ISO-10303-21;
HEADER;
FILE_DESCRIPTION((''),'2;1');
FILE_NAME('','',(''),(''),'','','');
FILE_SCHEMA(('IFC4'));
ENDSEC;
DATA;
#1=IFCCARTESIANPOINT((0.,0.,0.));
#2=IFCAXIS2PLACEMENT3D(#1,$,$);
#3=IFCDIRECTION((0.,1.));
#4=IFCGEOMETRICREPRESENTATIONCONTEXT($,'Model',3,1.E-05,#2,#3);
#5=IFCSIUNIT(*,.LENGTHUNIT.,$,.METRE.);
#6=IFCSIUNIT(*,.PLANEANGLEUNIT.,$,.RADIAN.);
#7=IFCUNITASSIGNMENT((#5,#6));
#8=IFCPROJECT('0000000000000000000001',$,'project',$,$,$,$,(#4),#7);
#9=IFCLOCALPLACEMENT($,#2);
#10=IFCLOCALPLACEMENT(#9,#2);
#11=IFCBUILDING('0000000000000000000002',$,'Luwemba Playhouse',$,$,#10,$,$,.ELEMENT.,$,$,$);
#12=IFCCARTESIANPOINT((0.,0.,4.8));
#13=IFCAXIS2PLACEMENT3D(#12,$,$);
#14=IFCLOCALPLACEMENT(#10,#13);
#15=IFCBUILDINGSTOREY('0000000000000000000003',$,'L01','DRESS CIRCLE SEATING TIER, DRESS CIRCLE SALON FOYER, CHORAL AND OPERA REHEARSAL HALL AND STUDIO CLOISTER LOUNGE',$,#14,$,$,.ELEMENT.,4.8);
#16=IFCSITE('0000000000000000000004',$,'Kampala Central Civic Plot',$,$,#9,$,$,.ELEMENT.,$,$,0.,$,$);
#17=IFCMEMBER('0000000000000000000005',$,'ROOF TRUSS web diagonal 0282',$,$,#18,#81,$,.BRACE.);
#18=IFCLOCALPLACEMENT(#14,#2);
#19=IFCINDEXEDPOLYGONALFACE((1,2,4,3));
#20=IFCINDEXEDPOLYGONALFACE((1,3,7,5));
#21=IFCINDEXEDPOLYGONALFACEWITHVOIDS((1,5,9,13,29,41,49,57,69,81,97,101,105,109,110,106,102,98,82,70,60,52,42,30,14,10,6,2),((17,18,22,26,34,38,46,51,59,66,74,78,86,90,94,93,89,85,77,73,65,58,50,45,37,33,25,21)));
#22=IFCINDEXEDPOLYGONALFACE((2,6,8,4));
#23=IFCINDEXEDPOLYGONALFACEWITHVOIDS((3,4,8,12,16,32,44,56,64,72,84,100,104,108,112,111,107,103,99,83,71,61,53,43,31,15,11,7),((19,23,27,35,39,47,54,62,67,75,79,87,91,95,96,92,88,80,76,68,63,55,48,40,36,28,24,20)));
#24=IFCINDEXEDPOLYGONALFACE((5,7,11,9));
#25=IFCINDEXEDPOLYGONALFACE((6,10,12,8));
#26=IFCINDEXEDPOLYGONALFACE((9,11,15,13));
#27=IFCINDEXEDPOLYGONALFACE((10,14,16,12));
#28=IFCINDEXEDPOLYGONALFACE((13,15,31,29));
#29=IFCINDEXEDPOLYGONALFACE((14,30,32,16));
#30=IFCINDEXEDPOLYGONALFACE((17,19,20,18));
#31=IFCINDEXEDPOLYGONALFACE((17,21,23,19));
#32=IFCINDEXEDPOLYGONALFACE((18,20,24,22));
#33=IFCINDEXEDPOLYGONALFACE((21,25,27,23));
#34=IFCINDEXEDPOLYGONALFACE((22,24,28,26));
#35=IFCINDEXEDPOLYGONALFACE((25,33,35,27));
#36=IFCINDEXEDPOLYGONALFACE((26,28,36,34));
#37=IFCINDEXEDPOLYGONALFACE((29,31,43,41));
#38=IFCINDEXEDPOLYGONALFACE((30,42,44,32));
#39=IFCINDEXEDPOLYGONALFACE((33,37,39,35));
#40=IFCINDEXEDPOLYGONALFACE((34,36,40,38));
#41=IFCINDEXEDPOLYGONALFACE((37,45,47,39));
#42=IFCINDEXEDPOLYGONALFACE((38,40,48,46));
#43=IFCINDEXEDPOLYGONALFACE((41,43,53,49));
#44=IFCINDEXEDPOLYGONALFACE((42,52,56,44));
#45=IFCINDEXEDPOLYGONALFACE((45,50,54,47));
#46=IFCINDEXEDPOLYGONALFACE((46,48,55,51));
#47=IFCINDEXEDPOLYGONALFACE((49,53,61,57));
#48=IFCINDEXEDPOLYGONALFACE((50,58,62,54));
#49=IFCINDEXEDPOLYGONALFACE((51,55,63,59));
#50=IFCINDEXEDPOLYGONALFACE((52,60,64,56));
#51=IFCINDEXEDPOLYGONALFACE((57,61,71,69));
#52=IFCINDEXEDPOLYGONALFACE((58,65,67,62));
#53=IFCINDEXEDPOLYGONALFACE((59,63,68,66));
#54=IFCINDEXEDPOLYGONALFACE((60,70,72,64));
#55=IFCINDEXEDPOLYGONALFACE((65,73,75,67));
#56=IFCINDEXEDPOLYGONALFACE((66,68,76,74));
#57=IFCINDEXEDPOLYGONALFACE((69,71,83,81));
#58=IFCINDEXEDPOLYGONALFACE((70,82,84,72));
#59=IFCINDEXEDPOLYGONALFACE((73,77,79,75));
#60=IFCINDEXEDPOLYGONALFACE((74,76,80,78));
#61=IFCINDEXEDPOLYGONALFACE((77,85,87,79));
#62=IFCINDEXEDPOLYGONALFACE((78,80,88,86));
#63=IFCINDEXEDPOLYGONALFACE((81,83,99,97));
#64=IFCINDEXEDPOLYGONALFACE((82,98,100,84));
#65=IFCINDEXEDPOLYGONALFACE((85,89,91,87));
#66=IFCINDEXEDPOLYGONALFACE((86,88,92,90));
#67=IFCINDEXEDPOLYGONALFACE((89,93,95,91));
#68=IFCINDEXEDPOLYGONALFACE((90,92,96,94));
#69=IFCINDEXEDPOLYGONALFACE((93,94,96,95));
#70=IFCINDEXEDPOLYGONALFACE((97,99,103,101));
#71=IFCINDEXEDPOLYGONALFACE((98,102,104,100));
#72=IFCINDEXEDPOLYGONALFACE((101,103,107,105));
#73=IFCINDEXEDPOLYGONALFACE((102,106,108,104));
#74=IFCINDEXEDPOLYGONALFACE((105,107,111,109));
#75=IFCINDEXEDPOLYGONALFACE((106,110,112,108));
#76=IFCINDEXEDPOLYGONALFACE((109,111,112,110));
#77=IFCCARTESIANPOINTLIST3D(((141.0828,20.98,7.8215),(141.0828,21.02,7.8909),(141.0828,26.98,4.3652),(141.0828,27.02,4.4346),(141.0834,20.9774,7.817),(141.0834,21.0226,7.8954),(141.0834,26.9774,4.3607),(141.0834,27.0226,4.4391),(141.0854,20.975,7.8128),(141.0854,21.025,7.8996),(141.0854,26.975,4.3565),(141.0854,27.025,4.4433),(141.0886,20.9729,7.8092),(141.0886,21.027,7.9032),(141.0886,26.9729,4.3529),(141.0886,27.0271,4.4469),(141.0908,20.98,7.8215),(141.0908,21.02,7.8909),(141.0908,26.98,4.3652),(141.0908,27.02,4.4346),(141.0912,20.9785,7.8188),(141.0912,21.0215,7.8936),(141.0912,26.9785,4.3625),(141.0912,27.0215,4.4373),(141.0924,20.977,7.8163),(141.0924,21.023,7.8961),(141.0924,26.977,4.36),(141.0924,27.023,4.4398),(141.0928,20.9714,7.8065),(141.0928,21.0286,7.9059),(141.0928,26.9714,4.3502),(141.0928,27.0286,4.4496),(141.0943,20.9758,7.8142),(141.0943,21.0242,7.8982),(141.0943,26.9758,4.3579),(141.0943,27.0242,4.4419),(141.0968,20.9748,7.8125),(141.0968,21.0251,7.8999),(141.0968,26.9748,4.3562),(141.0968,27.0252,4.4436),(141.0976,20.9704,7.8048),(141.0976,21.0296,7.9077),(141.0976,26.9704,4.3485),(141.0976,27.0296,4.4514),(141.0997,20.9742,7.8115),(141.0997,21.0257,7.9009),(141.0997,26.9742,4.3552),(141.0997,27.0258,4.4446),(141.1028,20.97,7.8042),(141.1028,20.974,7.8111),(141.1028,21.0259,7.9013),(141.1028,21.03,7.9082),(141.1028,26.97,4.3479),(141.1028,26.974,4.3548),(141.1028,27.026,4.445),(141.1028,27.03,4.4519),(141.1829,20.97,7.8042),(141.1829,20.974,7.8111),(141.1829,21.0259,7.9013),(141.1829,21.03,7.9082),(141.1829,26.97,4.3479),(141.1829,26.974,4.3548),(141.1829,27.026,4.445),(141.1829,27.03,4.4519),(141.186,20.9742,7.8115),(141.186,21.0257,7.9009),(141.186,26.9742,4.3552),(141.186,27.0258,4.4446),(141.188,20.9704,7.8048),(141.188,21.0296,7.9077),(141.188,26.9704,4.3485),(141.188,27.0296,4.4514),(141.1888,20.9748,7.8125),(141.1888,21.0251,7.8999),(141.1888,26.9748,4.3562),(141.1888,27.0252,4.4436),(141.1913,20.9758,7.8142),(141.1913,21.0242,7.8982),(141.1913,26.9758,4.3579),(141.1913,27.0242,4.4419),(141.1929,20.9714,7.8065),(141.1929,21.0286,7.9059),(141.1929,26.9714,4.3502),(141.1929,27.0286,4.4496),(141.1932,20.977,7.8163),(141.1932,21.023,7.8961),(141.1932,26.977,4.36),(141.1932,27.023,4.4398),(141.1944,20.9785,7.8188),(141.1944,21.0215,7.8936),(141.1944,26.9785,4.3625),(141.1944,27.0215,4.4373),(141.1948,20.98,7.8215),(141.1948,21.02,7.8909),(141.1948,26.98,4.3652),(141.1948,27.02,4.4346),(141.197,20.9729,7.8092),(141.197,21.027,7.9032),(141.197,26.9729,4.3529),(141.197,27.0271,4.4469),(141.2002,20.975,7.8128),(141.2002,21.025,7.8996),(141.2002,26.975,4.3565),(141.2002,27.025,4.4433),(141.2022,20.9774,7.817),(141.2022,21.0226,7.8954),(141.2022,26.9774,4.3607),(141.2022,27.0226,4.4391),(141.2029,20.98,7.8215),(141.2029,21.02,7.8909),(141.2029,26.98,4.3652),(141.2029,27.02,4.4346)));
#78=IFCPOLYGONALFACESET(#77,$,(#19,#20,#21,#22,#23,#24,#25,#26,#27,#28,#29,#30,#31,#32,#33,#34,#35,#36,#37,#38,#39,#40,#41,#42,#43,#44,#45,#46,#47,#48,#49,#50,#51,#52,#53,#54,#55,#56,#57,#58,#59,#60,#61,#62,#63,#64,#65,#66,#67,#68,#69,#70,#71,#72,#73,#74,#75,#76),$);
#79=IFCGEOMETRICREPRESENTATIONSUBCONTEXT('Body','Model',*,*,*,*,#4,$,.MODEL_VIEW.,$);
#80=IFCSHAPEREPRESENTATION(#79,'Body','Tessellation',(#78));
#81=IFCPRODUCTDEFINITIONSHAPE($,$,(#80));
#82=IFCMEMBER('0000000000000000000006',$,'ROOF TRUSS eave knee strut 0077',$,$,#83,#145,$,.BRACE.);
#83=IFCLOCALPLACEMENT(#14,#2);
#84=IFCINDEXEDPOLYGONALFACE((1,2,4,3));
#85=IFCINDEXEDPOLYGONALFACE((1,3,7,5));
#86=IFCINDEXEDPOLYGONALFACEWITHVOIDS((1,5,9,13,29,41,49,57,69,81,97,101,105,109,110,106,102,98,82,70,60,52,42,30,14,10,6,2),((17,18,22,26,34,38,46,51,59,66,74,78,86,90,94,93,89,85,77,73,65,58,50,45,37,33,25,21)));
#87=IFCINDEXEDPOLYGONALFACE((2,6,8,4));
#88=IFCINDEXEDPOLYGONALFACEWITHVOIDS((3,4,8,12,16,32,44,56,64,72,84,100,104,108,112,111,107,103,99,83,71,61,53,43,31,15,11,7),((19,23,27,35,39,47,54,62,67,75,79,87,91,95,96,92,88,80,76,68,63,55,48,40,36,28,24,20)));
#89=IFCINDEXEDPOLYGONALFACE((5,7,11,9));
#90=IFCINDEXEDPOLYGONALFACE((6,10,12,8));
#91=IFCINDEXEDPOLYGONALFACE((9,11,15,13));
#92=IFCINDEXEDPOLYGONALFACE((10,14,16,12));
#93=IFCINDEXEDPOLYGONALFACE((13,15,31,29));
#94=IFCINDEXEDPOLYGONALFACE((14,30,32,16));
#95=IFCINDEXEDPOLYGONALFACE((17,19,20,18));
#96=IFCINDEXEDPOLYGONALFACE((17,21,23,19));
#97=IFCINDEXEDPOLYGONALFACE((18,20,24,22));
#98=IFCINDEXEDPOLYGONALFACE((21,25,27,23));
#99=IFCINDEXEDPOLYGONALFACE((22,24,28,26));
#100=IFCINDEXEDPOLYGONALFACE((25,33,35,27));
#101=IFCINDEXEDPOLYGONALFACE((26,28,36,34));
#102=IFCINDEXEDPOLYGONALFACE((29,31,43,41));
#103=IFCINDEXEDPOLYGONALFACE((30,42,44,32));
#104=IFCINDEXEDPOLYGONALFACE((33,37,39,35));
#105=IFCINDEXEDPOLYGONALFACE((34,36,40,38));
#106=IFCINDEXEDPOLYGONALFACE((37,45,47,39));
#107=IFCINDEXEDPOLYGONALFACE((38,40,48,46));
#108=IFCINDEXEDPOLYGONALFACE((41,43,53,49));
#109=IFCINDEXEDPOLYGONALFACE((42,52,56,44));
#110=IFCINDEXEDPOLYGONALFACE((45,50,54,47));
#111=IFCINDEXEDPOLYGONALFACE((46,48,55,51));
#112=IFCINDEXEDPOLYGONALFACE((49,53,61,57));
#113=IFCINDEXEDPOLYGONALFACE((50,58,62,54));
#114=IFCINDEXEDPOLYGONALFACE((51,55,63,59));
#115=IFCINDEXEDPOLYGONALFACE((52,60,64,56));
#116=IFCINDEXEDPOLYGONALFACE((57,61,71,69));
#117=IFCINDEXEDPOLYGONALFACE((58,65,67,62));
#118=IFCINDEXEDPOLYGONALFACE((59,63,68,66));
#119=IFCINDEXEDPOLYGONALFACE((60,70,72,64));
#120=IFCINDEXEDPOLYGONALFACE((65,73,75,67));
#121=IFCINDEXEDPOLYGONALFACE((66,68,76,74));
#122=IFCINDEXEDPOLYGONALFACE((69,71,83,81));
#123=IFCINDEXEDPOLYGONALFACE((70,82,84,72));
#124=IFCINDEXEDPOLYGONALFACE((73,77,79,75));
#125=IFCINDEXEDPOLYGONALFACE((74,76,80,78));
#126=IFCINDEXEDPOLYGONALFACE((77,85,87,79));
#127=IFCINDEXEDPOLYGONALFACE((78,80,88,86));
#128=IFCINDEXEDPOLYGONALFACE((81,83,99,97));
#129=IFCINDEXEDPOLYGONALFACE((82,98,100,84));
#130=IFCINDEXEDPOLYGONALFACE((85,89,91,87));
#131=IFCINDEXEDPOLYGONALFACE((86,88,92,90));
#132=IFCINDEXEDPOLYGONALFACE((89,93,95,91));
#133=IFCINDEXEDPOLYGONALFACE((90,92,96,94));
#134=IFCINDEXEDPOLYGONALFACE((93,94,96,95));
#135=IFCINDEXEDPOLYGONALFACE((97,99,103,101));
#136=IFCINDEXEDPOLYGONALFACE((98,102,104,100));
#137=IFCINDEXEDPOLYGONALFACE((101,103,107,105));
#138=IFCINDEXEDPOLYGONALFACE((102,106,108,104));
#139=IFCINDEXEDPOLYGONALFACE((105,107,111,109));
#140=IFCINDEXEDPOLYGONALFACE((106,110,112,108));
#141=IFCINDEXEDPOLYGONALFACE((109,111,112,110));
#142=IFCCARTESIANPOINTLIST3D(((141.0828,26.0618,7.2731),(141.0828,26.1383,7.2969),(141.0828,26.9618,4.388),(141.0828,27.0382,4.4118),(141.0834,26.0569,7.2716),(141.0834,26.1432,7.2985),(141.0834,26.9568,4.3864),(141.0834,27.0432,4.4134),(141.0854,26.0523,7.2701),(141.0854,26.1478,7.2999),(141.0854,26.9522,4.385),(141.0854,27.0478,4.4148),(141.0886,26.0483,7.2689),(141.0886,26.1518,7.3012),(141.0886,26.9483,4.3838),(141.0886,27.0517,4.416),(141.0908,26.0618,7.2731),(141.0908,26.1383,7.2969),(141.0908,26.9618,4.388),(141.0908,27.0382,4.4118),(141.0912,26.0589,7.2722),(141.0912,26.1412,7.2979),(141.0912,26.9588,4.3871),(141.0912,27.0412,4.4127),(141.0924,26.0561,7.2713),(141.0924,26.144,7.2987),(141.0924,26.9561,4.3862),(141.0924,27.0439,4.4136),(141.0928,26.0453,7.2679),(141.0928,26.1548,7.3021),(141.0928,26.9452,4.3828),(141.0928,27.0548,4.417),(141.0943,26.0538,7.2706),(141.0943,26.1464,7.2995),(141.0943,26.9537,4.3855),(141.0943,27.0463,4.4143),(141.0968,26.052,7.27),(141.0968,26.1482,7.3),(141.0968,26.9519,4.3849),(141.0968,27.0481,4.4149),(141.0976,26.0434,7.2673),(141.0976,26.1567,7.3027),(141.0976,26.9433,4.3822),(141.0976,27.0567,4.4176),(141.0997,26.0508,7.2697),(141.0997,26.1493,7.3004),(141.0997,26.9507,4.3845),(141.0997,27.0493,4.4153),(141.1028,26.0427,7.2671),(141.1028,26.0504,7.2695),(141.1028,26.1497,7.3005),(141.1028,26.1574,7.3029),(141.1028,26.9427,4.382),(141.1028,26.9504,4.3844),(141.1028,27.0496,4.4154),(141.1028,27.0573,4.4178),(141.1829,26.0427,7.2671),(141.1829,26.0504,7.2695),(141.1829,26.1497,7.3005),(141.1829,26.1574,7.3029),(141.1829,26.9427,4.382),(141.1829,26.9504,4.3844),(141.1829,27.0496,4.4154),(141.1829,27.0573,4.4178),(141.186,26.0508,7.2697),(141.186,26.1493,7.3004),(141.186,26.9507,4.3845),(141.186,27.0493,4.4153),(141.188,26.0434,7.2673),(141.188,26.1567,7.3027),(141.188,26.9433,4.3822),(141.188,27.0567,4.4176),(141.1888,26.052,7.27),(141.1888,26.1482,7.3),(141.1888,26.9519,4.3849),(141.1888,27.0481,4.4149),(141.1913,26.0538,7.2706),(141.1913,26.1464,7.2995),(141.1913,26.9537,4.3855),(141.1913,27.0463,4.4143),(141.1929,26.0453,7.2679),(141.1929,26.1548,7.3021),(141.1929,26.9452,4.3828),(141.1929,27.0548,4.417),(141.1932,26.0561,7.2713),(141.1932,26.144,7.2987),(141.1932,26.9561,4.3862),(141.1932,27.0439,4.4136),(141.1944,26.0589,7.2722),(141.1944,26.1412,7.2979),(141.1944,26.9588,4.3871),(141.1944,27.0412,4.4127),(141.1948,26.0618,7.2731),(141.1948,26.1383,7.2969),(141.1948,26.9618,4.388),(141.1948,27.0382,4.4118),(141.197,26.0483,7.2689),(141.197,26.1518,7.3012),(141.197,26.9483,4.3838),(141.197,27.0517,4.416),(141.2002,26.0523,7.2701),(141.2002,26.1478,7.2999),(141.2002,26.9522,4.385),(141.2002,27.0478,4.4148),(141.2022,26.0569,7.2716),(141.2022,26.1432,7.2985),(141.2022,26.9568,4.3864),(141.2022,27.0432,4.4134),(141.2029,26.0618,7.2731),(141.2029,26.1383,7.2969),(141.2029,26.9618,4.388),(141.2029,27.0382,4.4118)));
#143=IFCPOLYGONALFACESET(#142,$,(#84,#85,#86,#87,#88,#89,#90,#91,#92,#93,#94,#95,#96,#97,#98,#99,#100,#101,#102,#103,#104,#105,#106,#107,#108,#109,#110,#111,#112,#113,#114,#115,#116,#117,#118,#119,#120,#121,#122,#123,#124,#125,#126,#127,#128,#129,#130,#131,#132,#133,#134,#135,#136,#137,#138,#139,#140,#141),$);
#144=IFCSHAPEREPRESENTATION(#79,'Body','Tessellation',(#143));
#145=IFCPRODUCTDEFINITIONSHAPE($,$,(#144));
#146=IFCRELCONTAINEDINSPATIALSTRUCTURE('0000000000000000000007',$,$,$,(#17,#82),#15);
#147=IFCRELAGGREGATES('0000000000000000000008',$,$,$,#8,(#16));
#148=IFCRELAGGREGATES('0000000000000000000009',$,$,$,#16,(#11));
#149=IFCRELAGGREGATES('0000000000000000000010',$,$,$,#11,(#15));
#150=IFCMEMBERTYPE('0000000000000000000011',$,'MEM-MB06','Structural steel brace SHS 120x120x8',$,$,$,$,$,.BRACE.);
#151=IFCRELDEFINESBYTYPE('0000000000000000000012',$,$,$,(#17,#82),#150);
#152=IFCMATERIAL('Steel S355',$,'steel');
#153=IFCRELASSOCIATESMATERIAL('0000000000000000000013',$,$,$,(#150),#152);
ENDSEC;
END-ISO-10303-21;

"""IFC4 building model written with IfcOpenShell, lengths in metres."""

from ifc_helpers import new_model, si_unit, direction, frame, origin, origin_2d, place, context, subcontext, project, spatial, hollow_rectangle, extrude, material, material_profile, profile_set, type_object, element, save


model = new_model("IFC4")

# Units and contexts
model_context = context("Model", 3, precision=1e-05, world=origin(), true_north=direction((0.0, 1.0)))
body_context = subcontext(model_context, "Body", "Model", "MODEL_VIEW")
ifc_project = project(units=[si_unit("LENGTHUNIT", "METRE"), si_unit("PLANEANGLEUNIT", "RADIAN")], contexts=[model_context])

# Site, building, storey
site_placement = place(None, origin())
site = spatial("IfcSite", under=ifc_project, at=site_placement, Name="Kampala Central Civic Plot", CompositionType="ELEMENT", RefElevation=0.0)
building_placement = place(site_placement, origin())
building = spatial("IfcBuilding", under=site, at=building_placement, Name="Luwemba Playhouse", CompositionType="ELEMENT")
storey_placement = place(building_placement, frame((0.0, 0.0, 4.8)))
storey = spatial("IfcBuildingStorey", under=building, at=storey_placement, Name="L01", Description="DRESS CIRCLE SEATING TIER, DRESS CIRCLE SALON FOYER, CHORAL AND OPERA REHEARSAL HALL AND STUDIO CLOISTER LOUNGE", CompositionType="ELEMENT", Elevation=4.8)

# Shared definitions
ifc_material_1 = material(Name="Steel S355", Category="steel")

# Members
ifc_material_profile_1 = material_profile(ifc_material_1, hollow_rectangle(XDim=0.1201, YDim=0.1201, WallThickness=0.0081, InnerFilletRadius=0.012, OuterFilletRadius=0.02, at=origin_2d()))
ifc_profile_set_1 = profile_set([ifc_material_profile_1], Name="Steel S355")
member_type_1 = type_object("IfcMemberType", Name="MEM-MB06", Description="Structural steel brace SHS 120x120x8", PredefinedType="BRACE", material=ifc_profile_set_1)
member_1_placement = place(storey_placement, frame((141.1428, 27.0, 4.3999), z_axis=(0.0, -0.866513, 0.499155), x_axis=(1.0, 0.0, 0.0)))
element("IfcMember", 1, at=member_1_placement, inside=storey, type_object=member_type_1, Name="ROOF TRUSS web diagonal 0282", PredefinedType="BRACE", context=body_context, shape_type="SweptSolid", body=[
    extrude(hollow_rectangle(XDim=0.1201, YDim=0.1201, WallThickness=0.0081, InnerFilletRadius=0.012, OuterFilletRadius=0.02, at=origin_2d()), origin(), (0.0, 0.0, 1.0), 6.9243),
])
member_2_placement = place(storey_placement, frame((141.1428, 27.0, 4.3999), z_axis=(0.0, -0.297774, 0.954637), x_axis=(1.0, 0.0, 0.0)))
element("IfcMember", 2, at=member_2_placement, inside=storey, type_object=member_type_1, Name="ROOF TRUSS eave knee strut 0077", PredefinedType="BRACE", context=body_context, shape_type="SweptSolid", body=[
    extrude(hollow_rectangle(XDim=0.1201, YDim=0.1201, WallThickness=0.0081, InnerFilletRadius=0.012, OuterFilletRadius=0.02, at=origin_2d()), origin(), (0.0, 0.0, 1.0), 3.0222),
])

save(model, "model.ifc")
